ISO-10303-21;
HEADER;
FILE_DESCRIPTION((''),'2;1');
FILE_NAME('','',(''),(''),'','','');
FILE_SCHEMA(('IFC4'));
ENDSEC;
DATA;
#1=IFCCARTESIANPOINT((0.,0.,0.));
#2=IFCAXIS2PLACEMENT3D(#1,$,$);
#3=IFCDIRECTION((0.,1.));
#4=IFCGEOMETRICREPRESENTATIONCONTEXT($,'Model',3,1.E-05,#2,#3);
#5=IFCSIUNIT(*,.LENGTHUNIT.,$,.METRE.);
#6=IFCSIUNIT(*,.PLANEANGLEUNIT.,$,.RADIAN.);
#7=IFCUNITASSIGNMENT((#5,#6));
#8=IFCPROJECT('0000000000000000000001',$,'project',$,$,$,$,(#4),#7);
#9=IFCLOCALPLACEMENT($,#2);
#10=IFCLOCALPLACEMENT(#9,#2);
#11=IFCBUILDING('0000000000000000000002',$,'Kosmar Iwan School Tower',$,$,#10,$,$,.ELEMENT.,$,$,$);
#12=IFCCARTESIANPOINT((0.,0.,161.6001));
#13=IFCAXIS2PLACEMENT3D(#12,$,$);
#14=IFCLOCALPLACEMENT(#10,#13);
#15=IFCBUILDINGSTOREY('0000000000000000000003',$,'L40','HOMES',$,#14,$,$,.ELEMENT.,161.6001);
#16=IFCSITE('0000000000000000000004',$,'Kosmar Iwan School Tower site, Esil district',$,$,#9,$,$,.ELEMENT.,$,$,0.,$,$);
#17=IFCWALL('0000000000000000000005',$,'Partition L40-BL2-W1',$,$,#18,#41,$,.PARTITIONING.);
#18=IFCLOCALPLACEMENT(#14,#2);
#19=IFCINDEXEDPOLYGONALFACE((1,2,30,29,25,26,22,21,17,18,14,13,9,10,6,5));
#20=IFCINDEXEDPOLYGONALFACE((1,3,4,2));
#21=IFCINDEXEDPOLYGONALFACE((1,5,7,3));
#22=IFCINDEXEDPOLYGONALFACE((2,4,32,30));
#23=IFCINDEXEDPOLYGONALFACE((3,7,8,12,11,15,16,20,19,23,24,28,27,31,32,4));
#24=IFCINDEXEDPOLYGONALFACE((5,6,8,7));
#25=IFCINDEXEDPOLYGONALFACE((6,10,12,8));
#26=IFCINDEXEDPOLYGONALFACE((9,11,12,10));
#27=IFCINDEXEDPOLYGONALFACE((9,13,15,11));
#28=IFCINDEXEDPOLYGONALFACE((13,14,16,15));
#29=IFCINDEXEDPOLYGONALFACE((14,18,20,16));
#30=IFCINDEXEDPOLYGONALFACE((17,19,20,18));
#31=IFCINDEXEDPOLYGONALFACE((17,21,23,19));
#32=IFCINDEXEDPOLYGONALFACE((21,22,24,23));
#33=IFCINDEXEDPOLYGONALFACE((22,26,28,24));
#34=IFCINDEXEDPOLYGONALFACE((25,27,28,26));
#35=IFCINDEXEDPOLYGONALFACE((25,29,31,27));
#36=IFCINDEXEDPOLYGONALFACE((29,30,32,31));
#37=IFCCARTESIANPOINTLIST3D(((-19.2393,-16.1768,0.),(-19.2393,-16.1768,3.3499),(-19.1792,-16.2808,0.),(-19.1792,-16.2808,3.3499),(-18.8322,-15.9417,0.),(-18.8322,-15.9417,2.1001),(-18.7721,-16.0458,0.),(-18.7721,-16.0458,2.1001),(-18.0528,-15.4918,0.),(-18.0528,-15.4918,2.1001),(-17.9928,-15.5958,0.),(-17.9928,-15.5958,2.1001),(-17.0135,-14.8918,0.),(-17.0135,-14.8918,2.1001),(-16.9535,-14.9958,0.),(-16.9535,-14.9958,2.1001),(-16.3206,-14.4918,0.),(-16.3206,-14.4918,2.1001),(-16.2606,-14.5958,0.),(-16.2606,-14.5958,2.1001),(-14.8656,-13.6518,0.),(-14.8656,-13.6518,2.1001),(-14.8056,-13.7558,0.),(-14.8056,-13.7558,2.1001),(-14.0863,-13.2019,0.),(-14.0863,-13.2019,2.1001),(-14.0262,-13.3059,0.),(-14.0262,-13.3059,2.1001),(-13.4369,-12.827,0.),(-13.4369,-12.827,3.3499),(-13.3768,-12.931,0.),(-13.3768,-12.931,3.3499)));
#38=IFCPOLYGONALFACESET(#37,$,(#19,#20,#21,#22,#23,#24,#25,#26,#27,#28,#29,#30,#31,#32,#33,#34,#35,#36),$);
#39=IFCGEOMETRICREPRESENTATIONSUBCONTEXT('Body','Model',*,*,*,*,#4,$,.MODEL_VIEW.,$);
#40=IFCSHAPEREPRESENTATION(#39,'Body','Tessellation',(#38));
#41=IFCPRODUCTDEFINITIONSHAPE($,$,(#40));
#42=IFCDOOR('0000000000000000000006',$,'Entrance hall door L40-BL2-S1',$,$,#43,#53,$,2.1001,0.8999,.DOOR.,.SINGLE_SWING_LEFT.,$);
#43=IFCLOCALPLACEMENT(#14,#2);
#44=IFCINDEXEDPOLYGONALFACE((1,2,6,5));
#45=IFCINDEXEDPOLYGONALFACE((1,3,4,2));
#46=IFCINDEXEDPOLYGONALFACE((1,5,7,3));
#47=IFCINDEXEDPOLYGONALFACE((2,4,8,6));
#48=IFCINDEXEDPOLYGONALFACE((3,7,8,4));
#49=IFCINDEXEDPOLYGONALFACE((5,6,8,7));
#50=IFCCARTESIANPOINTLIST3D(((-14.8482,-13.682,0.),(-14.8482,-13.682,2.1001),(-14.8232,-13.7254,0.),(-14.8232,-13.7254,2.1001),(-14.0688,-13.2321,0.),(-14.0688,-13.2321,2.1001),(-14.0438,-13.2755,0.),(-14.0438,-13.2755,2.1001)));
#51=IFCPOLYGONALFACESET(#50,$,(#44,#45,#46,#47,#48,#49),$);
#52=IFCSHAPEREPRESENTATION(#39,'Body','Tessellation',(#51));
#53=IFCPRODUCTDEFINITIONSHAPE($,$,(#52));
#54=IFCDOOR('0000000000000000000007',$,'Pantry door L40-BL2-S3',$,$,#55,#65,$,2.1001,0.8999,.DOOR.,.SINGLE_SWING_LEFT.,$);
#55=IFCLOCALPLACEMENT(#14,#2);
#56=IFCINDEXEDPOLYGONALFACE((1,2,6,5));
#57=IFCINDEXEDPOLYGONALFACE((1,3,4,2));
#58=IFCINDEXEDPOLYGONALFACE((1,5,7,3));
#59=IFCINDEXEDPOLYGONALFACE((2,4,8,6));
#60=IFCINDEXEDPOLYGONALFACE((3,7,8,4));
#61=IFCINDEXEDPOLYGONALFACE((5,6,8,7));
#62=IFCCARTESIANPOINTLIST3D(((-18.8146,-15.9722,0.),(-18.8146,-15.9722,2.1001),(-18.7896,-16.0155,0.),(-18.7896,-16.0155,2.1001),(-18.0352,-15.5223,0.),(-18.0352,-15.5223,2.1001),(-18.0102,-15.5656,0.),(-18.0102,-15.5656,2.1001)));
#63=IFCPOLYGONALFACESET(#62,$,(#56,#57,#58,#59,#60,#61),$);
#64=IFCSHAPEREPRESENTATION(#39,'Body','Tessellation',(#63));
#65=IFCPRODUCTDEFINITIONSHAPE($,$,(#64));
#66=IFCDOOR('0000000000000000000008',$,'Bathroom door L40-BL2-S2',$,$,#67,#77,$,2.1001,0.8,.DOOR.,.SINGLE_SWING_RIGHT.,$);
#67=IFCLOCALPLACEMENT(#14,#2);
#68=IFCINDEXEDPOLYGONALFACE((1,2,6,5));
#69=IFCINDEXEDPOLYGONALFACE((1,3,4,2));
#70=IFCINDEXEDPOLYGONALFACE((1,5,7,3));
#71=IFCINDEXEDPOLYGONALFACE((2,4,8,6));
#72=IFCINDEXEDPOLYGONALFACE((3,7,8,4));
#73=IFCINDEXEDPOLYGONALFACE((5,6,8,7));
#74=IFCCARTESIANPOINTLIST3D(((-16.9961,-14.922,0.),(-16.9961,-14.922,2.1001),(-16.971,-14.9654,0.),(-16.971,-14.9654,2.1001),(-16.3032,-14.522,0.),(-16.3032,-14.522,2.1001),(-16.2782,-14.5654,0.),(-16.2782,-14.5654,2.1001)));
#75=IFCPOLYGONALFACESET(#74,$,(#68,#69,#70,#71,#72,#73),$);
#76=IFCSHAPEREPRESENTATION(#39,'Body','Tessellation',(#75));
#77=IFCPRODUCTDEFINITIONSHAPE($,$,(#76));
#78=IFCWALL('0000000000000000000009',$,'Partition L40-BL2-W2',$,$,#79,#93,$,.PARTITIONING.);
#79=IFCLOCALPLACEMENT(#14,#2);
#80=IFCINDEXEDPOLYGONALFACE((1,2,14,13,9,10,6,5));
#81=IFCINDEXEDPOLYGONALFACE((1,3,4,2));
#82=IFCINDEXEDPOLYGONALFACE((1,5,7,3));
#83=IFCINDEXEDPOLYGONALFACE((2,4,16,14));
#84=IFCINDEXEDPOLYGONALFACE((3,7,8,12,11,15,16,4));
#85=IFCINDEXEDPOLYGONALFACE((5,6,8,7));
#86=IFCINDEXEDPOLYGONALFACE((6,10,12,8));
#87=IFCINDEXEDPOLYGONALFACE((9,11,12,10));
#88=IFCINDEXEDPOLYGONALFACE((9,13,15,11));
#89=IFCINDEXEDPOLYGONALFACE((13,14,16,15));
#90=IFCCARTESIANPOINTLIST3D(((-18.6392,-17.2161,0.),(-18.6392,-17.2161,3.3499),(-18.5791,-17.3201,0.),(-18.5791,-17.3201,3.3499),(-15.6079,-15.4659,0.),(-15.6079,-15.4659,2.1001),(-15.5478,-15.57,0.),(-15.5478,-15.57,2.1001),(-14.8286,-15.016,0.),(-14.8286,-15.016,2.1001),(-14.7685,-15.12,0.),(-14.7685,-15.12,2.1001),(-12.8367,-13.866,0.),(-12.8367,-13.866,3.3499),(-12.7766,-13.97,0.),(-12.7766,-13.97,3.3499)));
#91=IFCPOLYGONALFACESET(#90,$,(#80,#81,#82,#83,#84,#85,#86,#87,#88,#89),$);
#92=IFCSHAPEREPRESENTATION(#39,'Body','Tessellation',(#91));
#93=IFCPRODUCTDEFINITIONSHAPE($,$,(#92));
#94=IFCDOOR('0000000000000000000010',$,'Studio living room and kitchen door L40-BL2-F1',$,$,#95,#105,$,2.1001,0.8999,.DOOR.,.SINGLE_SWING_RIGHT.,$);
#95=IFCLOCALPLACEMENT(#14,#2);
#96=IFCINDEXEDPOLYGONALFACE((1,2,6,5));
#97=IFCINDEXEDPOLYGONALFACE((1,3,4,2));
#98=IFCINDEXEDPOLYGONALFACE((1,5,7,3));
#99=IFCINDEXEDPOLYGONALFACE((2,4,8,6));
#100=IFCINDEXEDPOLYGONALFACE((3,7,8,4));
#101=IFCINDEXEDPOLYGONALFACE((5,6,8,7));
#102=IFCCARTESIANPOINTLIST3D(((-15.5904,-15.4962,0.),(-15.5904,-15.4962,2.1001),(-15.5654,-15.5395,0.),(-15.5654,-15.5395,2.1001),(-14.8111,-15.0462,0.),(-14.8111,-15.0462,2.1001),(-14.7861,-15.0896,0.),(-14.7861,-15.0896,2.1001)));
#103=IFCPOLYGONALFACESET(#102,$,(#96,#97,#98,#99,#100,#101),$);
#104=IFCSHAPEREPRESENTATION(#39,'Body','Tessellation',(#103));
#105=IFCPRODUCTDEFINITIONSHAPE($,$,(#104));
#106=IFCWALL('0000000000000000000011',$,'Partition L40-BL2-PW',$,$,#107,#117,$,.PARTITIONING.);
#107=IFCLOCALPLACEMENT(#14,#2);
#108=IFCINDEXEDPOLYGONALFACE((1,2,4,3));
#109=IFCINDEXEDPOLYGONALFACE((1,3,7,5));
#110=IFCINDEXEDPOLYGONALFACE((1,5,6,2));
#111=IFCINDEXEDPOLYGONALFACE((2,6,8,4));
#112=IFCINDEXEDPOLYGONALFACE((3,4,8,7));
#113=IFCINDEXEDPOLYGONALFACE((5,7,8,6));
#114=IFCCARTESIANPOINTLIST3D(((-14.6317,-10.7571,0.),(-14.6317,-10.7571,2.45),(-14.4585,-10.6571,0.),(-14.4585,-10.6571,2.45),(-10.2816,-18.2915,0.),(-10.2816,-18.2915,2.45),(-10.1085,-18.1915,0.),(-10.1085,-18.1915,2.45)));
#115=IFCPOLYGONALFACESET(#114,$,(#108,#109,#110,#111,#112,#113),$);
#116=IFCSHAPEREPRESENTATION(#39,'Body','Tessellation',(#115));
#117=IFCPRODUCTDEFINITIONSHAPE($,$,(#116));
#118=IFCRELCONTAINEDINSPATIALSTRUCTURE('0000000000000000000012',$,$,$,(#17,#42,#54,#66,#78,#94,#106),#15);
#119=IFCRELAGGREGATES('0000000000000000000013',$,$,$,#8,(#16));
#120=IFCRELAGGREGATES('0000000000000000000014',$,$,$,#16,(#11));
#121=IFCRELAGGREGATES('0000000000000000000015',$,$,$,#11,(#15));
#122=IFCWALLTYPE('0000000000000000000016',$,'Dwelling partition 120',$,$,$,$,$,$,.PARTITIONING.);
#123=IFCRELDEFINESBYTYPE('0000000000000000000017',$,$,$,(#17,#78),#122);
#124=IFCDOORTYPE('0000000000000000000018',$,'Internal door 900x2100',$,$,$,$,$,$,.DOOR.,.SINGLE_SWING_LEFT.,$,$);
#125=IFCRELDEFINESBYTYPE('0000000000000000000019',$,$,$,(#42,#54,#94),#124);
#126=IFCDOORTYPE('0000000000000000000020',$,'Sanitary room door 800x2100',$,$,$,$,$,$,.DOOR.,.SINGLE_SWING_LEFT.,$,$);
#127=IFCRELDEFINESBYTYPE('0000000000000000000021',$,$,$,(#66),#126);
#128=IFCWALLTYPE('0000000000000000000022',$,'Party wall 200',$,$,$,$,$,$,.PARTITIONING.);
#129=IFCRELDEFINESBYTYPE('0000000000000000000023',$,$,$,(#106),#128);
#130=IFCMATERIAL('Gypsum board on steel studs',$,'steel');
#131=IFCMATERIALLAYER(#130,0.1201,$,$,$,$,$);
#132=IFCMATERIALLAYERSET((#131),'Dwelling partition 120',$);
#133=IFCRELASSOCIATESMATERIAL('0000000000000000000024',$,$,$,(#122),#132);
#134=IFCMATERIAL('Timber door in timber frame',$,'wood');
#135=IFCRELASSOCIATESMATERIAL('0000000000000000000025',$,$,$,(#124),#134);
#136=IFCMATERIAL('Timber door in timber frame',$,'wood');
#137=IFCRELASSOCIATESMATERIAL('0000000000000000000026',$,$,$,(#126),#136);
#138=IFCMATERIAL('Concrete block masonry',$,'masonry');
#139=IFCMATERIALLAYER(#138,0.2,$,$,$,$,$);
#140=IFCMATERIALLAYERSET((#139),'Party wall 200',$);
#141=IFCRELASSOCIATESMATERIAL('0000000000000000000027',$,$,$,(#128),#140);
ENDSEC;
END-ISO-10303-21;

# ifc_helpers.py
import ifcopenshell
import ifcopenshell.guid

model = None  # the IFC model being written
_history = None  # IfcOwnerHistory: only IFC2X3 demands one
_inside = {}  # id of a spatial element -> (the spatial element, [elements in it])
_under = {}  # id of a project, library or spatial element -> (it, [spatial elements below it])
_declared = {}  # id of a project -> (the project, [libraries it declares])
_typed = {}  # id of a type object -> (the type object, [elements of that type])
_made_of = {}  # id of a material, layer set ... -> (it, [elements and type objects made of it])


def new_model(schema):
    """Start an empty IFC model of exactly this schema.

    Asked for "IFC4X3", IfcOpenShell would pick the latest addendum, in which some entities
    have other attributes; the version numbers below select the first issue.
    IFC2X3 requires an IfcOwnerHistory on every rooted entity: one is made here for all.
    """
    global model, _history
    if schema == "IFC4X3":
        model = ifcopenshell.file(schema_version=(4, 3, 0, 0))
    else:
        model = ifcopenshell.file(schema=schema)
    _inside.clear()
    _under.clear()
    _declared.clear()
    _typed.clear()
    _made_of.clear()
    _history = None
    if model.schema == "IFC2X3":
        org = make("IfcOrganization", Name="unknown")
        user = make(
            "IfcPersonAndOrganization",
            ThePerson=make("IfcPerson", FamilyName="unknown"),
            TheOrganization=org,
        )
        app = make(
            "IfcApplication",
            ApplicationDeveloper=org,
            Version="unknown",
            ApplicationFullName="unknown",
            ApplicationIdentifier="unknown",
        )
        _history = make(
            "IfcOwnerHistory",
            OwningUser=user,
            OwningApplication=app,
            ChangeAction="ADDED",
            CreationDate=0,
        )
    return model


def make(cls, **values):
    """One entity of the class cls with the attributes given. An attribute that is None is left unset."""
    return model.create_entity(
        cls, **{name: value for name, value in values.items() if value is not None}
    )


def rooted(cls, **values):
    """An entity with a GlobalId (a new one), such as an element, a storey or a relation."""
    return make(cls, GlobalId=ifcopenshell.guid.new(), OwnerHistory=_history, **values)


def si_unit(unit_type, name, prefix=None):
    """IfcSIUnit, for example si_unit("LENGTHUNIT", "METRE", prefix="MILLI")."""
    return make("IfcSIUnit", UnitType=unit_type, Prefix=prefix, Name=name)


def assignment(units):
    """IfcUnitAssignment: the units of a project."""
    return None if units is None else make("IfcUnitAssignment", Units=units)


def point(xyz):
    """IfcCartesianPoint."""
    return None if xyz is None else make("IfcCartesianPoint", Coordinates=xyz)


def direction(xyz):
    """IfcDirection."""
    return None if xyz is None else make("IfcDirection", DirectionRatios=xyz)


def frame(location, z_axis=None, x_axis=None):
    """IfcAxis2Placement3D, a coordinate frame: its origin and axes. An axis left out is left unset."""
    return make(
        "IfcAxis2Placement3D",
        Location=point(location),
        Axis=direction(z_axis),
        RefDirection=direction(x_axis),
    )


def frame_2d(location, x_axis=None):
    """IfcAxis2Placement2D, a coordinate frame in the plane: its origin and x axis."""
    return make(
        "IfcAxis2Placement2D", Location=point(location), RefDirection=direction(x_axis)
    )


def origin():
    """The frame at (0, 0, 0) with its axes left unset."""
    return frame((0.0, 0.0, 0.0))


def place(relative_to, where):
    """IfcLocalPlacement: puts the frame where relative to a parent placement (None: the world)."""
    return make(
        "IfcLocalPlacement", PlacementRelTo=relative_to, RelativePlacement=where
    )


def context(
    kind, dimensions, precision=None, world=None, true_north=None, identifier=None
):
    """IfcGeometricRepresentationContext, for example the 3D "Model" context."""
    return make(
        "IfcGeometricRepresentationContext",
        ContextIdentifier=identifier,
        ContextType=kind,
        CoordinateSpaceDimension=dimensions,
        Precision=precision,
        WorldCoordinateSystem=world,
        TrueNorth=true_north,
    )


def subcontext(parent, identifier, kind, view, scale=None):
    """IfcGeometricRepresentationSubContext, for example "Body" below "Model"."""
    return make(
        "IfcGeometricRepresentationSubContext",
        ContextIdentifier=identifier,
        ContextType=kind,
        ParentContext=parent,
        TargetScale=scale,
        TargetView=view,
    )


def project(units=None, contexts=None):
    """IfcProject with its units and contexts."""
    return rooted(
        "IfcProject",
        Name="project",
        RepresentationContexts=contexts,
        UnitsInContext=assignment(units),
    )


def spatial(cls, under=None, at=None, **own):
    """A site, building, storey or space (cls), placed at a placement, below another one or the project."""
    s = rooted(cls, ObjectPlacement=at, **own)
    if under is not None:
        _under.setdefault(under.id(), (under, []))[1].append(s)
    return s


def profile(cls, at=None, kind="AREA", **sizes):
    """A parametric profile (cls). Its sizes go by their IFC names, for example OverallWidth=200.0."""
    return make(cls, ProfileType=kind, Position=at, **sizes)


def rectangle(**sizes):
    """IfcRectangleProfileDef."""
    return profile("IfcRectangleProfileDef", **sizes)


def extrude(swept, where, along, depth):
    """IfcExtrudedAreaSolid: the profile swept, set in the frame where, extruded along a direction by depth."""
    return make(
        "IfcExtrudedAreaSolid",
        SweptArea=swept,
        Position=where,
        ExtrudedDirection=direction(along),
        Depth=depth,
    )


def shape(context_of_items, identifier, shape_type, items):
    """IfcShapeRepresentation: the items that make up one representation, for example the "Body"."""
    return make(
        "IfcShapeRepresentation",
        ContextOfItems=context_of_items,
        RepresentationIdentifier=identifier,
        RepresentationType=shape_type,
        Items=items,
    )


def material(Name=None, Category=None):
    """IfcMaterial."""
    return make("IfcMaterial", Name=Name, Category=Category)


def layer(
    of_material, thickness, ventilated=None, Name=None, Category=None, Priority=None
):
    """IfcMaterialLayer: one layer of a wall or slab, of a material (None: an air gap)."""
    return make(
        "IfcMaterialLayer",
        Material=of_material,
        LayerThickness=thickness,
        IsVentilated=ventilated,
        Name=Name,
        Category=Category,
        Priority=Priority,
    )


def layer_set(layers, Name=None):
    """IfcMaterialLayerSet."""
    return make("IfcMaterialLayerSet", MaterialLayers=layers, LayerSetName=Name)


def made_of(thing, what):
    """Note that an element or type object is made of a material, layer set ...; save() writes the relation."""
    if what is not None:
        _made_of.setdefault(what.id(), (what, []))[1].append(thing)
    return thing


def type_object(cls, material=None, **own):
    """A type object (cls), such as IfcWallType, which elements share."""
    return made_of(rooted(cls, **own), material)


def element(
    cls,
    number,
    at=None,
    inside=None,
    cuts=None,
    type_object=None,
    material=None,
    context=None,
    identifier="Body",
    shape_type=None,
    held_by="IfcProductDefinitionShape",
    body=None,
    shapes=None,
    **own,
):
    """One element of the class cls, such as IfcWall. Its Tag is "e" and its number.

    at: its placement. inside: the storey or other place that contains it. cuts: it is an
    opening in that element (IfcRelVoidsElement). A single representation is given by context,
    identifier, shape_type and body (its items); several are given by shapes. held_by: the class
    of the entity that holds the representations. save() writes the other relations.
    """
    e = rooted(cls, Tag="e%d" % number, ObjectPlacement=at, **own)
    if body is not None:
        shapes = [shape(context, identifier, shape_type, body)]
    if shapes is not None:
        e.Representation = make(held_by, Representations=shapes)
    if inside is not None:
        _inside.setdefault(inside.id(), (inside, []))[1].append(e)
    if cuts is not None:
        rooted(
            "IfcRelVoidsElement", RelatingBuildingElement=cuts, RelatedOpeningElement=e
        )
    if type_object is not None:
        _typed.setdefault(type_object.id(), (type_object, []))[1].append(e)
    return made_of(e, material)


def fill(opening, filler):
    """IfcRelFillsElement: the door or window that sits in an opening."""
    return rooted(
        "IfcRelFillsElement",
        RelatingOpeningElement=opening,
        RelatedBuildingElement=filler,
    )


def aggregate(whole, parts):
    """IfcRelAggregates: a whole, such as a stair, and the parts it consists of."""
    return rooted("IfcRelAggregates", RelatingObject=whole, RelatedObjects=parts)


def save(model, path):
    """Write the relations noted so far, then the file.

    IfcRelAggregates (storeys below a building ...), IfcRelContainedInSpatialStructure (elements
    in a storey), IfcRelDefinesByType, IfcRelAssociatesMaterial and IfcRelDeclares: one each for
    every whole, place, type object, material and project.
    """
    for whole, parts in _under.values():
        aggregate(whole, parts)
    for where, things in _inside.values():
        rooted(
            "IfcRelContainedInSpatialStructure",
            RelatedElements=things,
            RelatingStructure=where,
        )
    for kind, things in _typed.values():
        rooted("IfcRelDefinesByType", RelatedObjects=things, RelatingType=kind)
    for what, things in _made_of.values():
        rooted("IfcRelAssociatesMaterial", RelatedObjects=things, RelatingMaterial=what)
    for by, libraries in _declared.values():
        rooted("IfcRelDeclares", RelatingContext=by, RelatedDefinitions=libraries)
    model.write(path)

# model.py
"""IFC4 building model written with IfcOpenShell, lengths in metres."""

from ifc_helpers import new_model, si_unit, direction, frame, frame_2d, origin, place, context, subcontext, project, spatial, rectangle, extrude, material, layer, layer_set, type_object, element, fill, save


model = new_model("IFC4")

# Units and contexts
model_context = context("Model", 3, precision=1e-05, world=origin(), true_north=direction((0.0, 1.0)))
body_context = subcontext(model_context, "Body", "Model", "MODEL_VIEW")
ifc_project = project(units=[si_unit("LENGTHUNIT", "METRE"), si_unit("PLANEANGLEUNIT", "RADIAN")], contexts=[model_context])

# Site, building, storey
site_placement = place(None, origin())
site = spatial("IfcSite", under=ifc_project, at=site_placement, Name="Kosmar Iwan School Tower site, Esil district", CompositionType="ELEMENT", RefElevation=0.0)
building_placement = place(site_placement, origin())
building = spatial("IfcBuilding", under=site, at=building_placement, Name="Kosmar Iwan School Tower", CompositionType="ELEMENT")
storey_placement = place(building_placement, frame((0.0, 0.0, 161.6001)))
storey = spatial("IfcBuildingStorey", under=building, at=storey_placement, Name="L40", Description="HOMES", CompositionType="ELEMENT", Elevation=161.6001)

# Shared definitions
ifc_material_1 = material(Name="Gypsum board on steel studs", Category="steel")
ifc_layer_1 = layer(ifc_material_1, 0.1201)
ifc_layer_set_1 = layer_set([ifc_layer_1], Name="Dwelling partition 120")
wall_type_1 = type_object("IfcWallType", Name="Dwelling partition 120", PredefinedType="PARTITIONING", material=ifc_layer_set_1)

# Wall, openings, doors
wall_1_placement = place(storey_placement, frame((-13.4067, -12.8789, 0.0), z_axis=(0.0, 0.0, 1.0), x_axis=(-0.866039, -0.499976, 0.0)))
wall_1 = element("IfcWall", 1, at=wall_1_placement, inside=storey, type_object=wall_type_1, Name="Partition L40-BL2-W1", PredefinedType="PARTITIONING", context=body_context, shape_type="SweptSolid", body=[
    extrude(rectangle(XDim=6.7, YDim=0.1201, at=frame_2d((3.3501, 0.0))), origin(), (0.0, 0.0, 1.0), 3.3499),
])
opening_1_placement = place(wall_1_placement, frame((0.75, 0.0, 0.0)))
opening_1 = element("IfcOpeningElement", 2, at=opening_1_placement, cuts=wall_1, PredefinedType="OPENING", context=body_context, shape_type="SweptSolid", body=[
    extrude(rectangle(XDim=0.8999, YDim=2.1001, at=frame_2d((0.45, 1.05))), frame((0.0, 0.072, 0.0), z_axis=(0.0, -1.0, 0.0), x_axis=(1.0, 0.0, 0.0)), (0.0, 0.0, 1.0), 0.144),
])
opening_2_placement = place(wall_1_placement, frame((3.3301, 0.0, 0.0)))
opening_2 = element("IfcOpeningElement", 3, at=opening_2_placement, cuts=wall_1, PredefinedType="OPENING", context=body_context, shape_type="SweptSolid", body=[
    extrude(rectangle(XDim=0.8, YDim=2.1001, at=frame_2d((0.3999, 1.05))), frame((0.0, 0.072, 0.0), z_axis=(0.0, -1.0, 0.0), x_axis=(1.0, 0.0, 0.0)), (0.0, 0.0, 1.0), 0.144),
])
opening_3_placement = place(wall_1_placement, frame((5.3301, 0.0, 0.0)))
opening_3 = element("IfcOpeningElement", 4, at=opening_3_placement, cuts=wall_1, PredefinedType="OPENING", context=body_context, shape_type="SweptSolid", body=[
    extrude(rectangle(XDim=0.8999, YDim=2.1001, at=frame_2d((0.45, 1.05))), frame((0.0, 0.072, 0.0), z_axis=(0.0, -1.0, 0.0), x_axis=(1.0, 0.0, 0.0)), (0.0, 0.0, 1.0), 0.144),
])
ifc_material_2 = material(Name="Timber door in timber frame", Category="wood")
door_type_1 = type_object("IfcDoorType", Name="Internal door 900x2100", OperationType="SINGLE_SWING_LEFT", PredefinedType="DOOR", material=ifc_material_2)
door_1_placement = place(opening_1_placement, origin())
door_1 = element("IfcDoor", 5, at=door_1_placement, inside=storey, type_object=door_type_1, Name="Entrance hall door L40-BL2-S1", OperationType="SINGLE_SWING_LEFT", OverallHeight=2.1001, OverallWidth=0.8999, PredefinedType="DOOR", context=body_context, shape_type="SweptSolid", body=[
    extrude(rectangle(XDim=0.8999, YDim=2.1001, at=frame_2d((0.45, 1.05))), frame((0.0, 0.0249, 0.0), z_axis=(0.0, -1.0, 0.0), x_axis=(1.0, 0.0, 0.0)), (0.0, 0.0, 1.0), 0.05),
])
fill(opening_1, door_1)
door_2_placement = place(opening_3_placement, frame((0.8999, 0.0, 0.0), z_axis=(0.0, 0.0, 1.0), x_axis=(-1.0, 0.0, 0.0)))
door_2 = element("IfcDoor", 6, at=door_2_placement, inside=storey, type_object=door_type_1, Name="Pantry door L40-BL2-S3", OperationType="SINGLE_SWING_LEFT", OverallHeight=2.1001, OverallWidth=0.8999, PredefinedType="DOOR", context=body_context, shape_type="SweptSolid", body=[
    extrude(rectangle(XDim=0.8999, YDim=2.1001, at=frame_2d((0.45, 1.05))), frame((0.0, 0.0249, 0.0), z_axis=(0.0, -1.0, 0.0), x_axis=(1.0, 0.0, 0.0)), (0.0, 0.0, 1.0), 0.05),
])
fill(opening_3, door_2)
ifc_material_3 = material(Name="Timber door in timber frame", Category="wood")
door_type_2 = type_object("IfcDoorType", Name="Sanitary room door 800x2100", OperationType="SINGLE_SWING_LEFT", PredefinedType="DOOR", material=ifc_material_3)
door_3_placement = place(opening_2_placement, origin())
door_3 = element("IfcDoor", 7, at=door_3_placement, inside=storey, type_object=door_type_2, Name="Bathroom door L40-BL2-S2", OperationType="SINGLE_SWING_RIGHT", OverallHeight=2.1001, OverallWidth=0.8, PredefinedType="DOOR", context=body_context, shape_type="SweptSolid", body=[
    extrude(rectangle(XDim=0.8, YDim=2.1001, at=frame_2d((0.3999, 1.05))), frame((0.0, 0.0249, 0.0), z_axis=(0.0, -1.0, 0.0), x_axis=(1.0, 0.0, 0.0)), (0.0, 0.0, 1.0), 0.05),
])
fill(opening_2, door_3)

# Wall, opening, door
wall_2_placement = place(storey_placement, frame((-12.8066, -13.918, 0.0), z_axis=(0.0, 0.0, 1.0), x_axis=(-0.866024, -0.500003, 0.0)))
wall_2 = element("IfcWall", 8, at=wall_2_placement, inside=storey, type_object=wall_type_1, Name="Partition L40-BL2-W2", PredefinedType="PARTITIONING", context=body_context, shape_type="SweptSolid", body=[
    extrude(rectangle(XDim=6.7002, YDim=0.1201, at=frame_2d((3.3501, 0.0))), origin(), (0.0, 0.0, 1.0), 3.3499),
])
opening_4_placement = place(wall_2_placement, frame((2.3, 0.0, 0.0)))
opening_4 = element("IfcOpeningElement", 9, at=opening_4_placement, cuts=wall_2, PredefinedType="OPENING", context=body_context, shape_type="SweptSolid", body=[
    extrude(rectangle(XDim=0.8999, YDim=2.1001, at=frame_2d((0.45, 1.05))), frame((0.0, 0.072, 0.0), z_axis=(0.0, -1.0, 0.0), x_axis=(1.0, 0.0, 0.0)), (0.0, 0.0, 1.0), 0.144),
])
door_4_placement = place(opening_4_placement, origin())
door_4 = element("IfcDoor", 10, at=door_4_placement, inside=storey, type_object=door_type_1, Name="Studio living room and kitchen door L40-BL2-F1", OperationType="SINGLE_SWING_RIGHT", OverallHeight=2.1001, OverallWidth=0.8999, PredefinedType="DOOR", context=body_context, shape_type="SweptSolid", body=[
    extrude(rectangle(XDim=0.8999, YDim=2.1001, at=frame_2d((0.45, 1.05))), frame((0.0, 0.0249, 0.0), z_axis=(0.0, -1.0, 0.0), x_axis=(1.0, 0.0, 0.0)), (0.0, 0.0, 1.0), 0.05),
])
fill(opening_4, door_4)

# Wall
ifc_material_4 = material(Name="Concrete block masonry", Category="masonry")
ifc_layer_2 = layer(ifc_material_4, 0.2)
ifc_layer_set_2 = layer_set([ifc_layer_2], Name="Party wall 200")
wall_type_2 = type_object("IfcWallType", Name="Party wall 200", PredefinedType="PARTITIONING", material=ifc_layer_set_2)
wall_3_placement = place(storey_placement, frame((-14.5452, -10.707, 0.0), z_axis=(0.0, 0.0, 1.0), x_axis=(0.500008, -0.866021, 0.0)))
element("IfcWall", 11, at=wall_3_placement, inside=storey, type_object=wall_type_2, Name="Partition L40-BL2-PW", PredefinedType="PARTITIONING", context=body_context, shape_type="SweptSolid", body=[
    extrude(rectangle(XDim=8.7, YDim=0.2, at=frame_2d((4.3501, 0.0))), origin(), (0.0, 0.0, 1.0), 2.45),
])

save(model, "model.ifc")
